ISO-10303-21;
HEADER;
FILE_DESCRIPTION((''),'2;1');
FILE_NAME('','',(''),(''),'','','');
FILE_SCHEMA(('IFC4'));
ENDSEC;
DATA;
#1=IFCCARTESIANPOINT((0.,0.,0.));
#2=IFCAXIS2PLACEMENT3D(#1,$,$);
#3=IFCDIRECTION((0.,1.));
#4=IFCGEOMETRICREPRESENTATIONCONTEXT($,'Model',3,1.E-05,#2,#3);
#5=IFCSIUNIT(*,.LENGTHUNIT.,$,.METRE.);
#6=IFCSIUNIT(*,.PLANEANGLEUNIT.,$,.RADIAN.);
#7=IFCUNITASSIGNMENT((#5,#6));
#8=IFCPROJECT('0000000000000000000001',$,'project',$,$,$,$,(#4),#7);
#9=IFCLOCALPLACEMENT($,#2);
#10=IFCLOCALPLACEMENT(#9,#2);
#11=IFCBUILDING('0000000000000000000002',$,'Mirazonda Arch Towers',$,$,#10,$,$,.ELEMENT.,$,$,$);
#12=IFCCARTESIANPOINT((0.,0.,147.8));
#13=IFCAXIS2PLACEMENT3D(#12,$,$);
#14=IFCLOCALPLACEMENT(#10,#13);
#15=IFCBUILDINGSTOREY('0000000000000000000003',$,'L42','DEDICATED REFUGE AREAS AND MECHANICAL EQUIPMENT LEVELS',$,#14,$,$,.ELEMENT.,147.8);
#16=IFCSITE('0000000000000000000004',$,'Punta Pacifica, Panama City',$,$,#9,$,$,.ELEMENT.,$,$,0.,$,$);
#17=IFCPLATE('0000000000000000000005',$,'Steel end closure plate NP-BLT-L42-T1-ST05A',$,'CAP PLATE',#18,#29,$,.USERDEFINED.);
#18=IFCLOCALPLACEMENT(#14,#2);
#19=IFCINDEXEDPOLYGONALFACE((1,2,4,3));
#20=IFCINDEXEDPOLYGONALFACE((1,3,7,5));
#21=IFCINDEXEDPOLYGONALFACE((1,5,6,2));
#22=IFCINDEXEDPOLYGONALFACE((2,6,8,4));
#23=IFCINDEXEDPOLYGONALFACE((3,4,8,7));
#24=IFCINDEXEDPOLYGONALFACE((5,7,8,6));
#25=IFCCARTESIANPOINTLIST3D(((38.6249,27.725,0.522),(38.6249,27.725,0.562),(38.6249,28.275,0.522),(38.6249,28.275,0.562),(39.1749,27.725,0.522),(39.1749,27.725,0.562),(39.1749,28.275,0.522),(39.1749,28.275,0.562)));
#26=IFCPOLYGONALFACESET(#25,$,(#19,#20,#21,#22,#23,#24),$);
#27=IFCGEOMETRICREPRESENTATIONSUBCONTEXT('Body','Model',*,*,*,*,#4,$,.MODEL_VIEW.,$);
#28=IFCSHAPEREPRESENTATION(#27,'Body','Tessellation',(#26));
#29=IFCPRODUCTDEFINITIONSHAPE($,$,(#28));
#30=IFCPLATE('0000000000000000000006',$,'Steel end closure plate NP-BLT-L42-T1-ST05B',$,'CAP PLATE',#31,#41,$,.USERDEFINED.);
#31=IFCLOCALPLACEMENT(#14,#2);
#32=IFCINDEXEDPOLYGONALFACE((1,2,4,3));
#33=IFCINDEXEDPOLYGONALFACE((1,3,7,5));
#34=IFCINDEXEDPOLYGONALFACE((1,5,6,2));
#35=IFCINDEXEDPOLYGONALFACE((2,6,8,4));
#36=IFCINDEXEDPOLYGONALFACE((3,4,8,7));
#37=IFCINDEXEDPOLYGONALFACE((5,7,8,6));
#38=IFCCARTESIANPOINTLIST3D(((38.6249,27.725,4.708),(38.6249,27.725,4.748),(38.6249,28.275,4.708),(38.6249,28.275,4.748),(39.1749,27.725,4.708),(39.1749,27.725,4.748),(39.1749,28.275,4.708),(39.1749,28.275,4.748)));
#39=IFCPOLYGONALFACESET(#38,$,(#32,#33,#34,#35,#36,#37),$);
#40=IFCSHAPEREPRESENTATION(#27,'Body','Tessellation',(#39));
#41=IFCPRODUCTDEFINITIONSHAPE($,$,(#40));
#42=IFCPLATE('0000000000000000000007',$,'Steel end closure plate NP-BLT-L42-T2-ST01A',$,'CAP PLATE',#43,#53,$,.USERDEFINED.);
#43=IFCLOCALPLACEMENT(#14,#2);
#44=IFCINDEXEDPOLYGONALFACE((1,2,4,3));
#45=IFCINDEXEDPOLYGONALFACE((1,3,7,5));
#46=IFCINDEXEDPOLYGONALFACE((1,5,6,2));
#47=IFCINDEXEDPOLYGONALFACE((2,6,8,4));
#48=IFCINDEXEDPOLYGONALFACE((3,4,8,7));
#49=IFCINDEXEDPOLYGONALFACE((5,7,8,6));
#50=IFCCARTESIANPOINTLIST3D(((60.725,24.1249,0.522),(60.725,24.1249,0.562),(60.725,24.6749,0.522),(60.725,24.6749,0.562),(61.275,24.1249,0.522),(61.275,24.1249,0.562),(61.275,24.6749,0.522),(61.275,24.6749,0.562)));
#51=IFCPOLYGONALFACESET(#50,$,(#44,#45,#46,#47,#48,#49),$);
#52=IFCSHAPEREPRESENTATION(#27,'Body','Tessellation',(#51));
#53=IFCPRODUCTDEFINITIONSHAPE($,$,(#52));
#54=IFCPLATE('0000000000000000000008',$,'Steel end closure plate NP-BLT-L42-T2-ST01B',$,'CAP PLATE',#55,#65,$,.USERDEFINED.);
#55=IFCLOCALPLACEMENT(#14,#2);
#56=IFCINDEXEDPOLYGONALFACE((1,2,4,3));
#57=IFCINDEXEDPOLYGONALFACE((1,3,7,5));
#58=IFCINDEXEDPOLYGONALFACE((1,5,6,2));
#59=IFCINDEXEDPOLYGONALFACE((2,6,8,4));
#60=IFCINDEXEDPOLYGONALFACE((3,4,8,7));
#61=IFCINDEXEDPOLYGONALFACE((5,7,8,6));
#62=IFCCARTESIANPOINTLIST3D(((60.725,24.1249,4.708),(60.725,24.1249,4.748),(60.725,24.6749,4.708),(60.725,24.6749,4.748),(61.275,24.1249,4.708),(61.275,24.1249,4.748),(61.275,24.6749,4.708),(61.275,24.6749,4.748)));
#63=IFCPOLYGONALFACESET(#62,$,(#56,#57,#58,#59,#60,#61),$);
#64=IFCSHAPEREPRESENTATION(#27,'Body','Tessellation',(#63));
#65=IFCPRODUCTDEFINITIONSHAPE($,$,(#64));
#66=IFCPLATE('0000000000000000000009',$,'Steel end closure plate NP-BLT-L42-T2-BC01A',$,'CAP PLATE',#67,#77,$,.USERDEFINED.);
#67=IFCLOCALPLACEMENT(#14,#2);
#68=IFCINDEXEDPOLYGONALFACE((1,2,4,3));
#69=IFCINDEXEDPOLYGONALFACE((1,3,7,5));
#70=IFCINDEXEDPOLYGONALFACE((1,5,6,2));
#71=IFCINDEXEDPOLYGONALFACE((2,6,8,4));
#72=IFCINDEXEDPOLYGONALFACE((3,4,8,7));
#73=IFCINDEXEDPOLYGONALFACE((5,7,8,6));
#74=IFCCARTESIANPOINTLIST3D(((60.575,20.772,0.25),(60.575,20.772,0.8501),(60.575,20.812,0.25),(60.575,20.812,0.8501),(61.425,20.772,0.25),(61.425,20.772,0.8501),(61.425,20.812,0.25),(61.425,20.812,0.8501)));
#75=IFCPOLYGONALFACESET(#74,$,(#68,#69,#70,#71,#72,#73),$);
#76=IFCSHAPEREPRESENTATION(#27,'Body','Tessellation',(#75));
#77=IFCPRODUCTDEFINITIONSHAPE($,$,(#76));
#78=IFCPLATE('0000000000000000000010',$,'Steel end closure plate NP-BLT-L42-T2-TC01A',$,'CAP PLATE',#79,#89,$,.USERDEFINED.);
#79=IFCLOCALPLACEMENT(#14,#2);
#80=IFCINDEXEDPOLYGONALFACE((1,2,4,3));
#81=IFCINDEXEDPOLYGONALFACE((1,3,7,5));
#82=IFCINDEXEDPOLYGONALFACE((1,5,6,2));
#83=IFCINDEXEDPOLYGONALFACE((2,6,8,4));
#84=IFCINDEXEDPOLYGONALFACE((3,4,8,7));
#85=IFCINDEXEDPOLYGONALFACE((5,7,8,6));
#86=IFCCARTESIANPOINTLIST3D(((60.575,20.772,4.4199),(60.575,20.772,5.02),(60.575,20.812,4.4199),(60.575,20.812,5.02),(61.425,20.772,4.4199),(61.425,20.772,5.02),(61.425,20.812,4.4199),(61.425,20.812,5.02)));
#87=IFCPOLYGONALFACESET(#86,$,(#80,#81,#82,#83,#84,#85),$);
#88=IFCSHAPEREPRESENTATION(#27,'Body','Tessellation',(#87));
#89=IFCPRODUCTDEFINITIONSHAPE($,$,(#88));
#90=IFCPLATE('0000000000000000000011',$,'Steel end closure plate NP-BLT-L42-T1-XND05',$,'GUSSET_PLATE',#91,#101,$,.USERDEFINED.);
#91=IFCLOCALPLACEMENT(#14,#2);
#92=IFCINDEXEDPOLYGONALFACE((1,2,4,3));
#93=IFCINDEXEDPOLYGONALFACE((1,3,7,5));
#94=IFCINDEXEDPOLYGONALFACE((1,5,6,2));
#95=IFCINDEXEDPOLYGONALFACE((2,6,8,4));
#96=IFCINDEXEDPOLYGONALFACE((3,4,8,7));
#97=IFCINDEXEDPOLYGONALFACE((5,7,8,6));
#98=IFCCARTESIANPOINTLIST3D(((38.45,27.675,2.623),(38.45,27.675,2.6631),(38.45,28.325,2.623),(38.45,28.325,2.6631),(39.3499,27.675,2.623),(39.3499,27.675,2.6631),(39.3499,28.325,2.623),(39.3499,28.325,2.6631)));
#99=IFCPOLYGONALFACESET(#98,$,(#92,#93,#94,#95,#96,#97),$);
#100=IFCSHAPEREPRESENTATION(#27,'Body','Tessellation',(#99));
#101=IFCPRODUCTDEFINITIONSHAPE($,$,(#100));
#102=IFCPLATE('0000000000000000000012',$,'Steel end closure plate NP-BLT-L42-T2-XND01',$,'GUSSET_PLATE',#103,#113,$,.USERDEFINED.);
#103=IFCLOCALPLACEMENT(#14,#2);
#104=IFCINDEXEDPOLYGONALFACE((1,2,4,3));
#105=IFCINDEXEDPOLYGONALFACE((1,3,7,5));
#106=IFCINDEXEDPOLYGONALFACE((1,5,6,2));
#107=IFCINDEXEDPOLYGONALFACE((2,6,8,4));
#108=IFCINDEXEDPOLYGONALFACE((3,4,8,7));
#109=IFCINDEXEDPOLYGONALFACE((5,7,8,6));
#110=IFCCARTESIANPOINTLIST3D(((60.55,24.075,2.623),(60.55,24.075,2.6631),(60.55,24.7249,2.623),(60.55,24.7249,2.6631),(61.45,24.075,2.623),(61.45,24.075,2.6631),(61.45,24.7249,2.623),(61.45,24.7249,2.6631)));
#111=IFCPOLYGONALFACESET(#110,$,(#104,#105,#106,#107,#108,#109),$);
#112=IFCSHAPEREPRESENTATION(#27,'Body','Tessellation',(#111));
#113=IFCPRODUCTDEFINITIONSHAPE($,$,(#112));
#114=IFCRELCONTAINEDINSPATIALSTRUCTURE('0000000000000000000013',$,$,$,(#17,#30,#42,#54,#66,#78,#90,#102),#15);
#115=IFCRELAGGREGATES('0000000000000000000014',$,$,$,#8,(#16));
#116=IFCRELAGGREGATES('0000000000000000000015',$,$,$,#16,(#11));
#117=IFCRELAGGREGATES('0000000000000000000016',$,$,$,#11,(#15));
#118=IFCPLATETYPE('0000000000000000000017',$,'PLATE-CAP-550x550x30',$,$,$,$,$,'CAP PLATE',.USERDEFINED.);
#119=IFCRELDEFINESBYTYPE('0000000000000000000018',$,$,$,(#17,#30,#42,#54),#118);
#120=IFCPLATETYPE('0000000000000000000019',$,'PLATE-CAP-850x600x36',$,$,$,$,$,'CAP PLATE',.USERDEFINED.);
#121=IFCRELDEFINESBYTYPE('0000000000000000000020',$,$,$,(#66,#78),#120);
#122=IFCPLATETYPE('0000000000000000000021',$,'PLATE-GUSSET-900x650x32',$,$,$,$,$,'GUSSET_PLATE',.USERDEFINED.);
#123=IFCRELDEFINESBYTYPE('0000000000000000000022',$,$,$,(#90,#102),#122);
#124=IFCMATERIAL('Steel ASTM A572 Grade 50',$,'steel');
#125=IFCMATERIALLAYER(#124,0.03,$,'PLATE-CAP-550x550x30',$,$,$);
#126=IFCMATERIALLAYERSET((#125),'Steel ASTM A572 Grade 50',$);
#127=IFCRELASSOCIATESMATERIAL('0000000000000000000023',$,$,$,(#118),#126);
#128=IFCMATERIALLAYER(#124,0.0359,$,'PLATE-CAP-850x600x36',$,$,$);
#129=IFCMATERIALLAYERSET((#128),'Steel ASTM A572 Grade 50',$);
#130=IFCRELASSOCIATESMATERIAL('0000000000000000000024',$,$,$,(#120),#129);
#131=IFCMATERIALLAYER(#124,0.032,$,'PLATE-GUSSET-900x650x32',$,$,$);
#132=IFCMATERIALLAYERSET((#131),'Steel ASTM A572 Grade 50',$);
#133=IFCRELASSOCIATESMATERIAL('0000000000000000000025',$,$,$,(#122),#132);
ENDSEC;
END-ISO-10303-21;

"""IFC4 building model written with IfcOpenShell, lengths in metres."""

from ifc_helpers import new_model, si_unit, direction, frame, origin, origin_2d, place, context, subcontext, project, spatial, rectangle, extrude, material, layer, layer_set, type_object, element, save


model = new_model("IFC4")

# Units and contexts
model_context = context("Model", 3, precision=1e-05, world=origin(), true_north=direction((0.0, 1.0)))
body_context = subcontext(model_context, "Body", "Model", "MODEL_VIEW")
ifc_project = project(units=[si_unit("LENGTHUNIT", "METRE"), si_unit("PLANEANGLEUNIT", "RADIAN")], contexts=[model_context])

# Site, building, storey
site_placement = place(None, origin())
site = spatial("IfcSite", under=ifc_project, at=site_placement, Name="Punta Pacifica, Panama City", CompositionType="ELEMENT", RefElevation=0.0)
building_placement = place(site_placement, origin())
building = spatial("IfcBuilding", under=site, at=building_placement, Name="Mirazonda Arch Towers", CompositionType="ELEMENT")
storey_placement = place(building_placement, frame((0.0, 0.0, 147.8)))
storey = spatial("IfcBuildingStorey", under=building, at=storey_placement, Name="L42", Description="DEDICATED REFUGE AREAS AND MECHANICAL EQUIPMENT LEVELS", CompositionType="ELEMENT", Elevation=147.8)

# Shared definitions
ifc_material_1 = material(Name="Steel ASTM A572 Grade 50", Category="steel")

# Plates
ifc_layer_1 = layer(ifc_material_1, 0.03, Name="PLATE-CAP-550x550x30")
ifc_layer_set_1 = layer_set([ifc_layer_1], Name="Steel ASTM A572 Grade 50")
plate_type_1 = type_object("IfcPlateType", Name="PLATE-CAP-550x550x30", ElementType="CAP PLATE", PredefinedType="USERDEFINED", material=ifc_layer_set_1)
for number, where, z_axis, x_axis, name in (
    (1, (38.8999, 28.0, 0.522), (0.0, 0.0, 1.0), (1.0, 0.0, 0.0), "Steel end closure plate NP-BLT-L42-T1-ST05A"),
    (2, (38.8999, 28.0, 4.708), (0.0, 0.0, 1.0), (1.0, 0.0, 0.0), "Steel end closure plate NP-BLT-L42-T1-ST05B"),
    (3, (61.0, 24.3999, 0.522), (0.0, 0.0, 1.0), (1.0, 0.0, 0.0), "Steel end closure plate NP-BLT-L42-T2-ST01A"),
    (4, (61.0, 24.3999, 4.708), (0.0, 0.0, 1.0), (1.0, 0.0, 0.0), "Steel end closure plate NP-BLT-L42-T2-ST01B"),
):
    element("IfcPlate", number, at=place(storey_placement, frame(where, z_axis=z_axis, x_axis=x_axis)), inside=storey, type_object=plate_type_1, Name=name, ObjectType="CAP PLATE", PredefinedType="USERDEFINED", context=body_context, shape_type="SweptSolid", body=[
        extrude(rectangle(XDim=0.55, YDim=0.55, at=origin_2d()), origin(), (0.0, 0.0, 1.0), 0.04),
    ])
ifc_layer_2 = layer(ifc_material_1, 0.0359, Name="PLATE-CAP-850x600x36")
ifc_layer_set_2 = layer_set([ifc_layer_2], Name="Steel ASTM A572 Grade 50")
plate_type_2 = type_object("IfcPlateType", Name="PLATE-CAP-850x600x36", ElementType="CAP PLATE", PredefinedType="USERDEFINED", material=ifc_layer_set_2)
for number, where, z_axis, x_axis, name in (
    (5, (61.0, 20.792, 0.25), (0.0, 0.0, 1.0), (0.0, -1.0, 0.0), "Steel end closure plate NP-BLT-L42-T2-BC01A"),
    (6, (61.0, 20.792, 4.4199), (0.0, 0.0, 1.0), (0.0, -1.0, 0.0), "Steel end closure plate NP-BLT-L42-T2-TC01A"),
):
    element("IfcPlate", number, at=place(storey_placement, frame(where, z_axis=z_axis, x_axis=x_axis)), inside=storey, type_object=plate_type_2, Name=name, ObjectType="CAP PLATE", PredefinedType="USERDEFINED", context=body_context, shape_type="SweptSolid", body=[
        extrude(rectangle(XDim=0.04, YDim=0.8501, at=origin_2d()), origin(), (0.0, 0.0, 1.0), 0.6001),
    ])
ifc_layer_3 = layer(ifc_material_1, 0.032, Name="PLATE-GUSSET-900x650x32")
ifc_layer_set_3 = layer_set([ifc_layer_3], Name="Steel ASTM A572 Grade 50")
plate_type_3 = type_object("IfcPlateType", Name="PLATE-GUSSET-900x650x32", ElementType="GUSSET_PLATE", PredefinedType="USERDEFINED", material=ifc_layer_set_3)
for number, where, z_axis, x_axis, name in (
    (7, (38.8999, 28.0, 2.623), (0.0, 0.0, 1.0), (1.0, 0.0, 0.0), "Steel end closure plate NP-BLT-L42-T1-XND05"),
    (8, (61.0, 24.3999, 2.623), (0.0, 0.0, 1.0), (1.0, 0.0, 0.0), "Steel end closure plate NP-BLT-L42-T2-XND01"),
):
    element("IfcPlate", number, at=place(storey_placement, frame(where, z_axis=z_axis, x_axis=x_axis)), inside=storey, type_object=plate_type_3, Name=name, ObjectType="GUSSET_PLATE", PredefinedType="USERDEFINED", context=body_context, shape_type="SweptSolid", body=[
        extrude(rectangle(XDim=0.8999, YDim=0.6499, at=origin_2d()), origin(), (0.0, 0.0, 1.0), 0.04),
    ])

save(model, "model.ifc")
